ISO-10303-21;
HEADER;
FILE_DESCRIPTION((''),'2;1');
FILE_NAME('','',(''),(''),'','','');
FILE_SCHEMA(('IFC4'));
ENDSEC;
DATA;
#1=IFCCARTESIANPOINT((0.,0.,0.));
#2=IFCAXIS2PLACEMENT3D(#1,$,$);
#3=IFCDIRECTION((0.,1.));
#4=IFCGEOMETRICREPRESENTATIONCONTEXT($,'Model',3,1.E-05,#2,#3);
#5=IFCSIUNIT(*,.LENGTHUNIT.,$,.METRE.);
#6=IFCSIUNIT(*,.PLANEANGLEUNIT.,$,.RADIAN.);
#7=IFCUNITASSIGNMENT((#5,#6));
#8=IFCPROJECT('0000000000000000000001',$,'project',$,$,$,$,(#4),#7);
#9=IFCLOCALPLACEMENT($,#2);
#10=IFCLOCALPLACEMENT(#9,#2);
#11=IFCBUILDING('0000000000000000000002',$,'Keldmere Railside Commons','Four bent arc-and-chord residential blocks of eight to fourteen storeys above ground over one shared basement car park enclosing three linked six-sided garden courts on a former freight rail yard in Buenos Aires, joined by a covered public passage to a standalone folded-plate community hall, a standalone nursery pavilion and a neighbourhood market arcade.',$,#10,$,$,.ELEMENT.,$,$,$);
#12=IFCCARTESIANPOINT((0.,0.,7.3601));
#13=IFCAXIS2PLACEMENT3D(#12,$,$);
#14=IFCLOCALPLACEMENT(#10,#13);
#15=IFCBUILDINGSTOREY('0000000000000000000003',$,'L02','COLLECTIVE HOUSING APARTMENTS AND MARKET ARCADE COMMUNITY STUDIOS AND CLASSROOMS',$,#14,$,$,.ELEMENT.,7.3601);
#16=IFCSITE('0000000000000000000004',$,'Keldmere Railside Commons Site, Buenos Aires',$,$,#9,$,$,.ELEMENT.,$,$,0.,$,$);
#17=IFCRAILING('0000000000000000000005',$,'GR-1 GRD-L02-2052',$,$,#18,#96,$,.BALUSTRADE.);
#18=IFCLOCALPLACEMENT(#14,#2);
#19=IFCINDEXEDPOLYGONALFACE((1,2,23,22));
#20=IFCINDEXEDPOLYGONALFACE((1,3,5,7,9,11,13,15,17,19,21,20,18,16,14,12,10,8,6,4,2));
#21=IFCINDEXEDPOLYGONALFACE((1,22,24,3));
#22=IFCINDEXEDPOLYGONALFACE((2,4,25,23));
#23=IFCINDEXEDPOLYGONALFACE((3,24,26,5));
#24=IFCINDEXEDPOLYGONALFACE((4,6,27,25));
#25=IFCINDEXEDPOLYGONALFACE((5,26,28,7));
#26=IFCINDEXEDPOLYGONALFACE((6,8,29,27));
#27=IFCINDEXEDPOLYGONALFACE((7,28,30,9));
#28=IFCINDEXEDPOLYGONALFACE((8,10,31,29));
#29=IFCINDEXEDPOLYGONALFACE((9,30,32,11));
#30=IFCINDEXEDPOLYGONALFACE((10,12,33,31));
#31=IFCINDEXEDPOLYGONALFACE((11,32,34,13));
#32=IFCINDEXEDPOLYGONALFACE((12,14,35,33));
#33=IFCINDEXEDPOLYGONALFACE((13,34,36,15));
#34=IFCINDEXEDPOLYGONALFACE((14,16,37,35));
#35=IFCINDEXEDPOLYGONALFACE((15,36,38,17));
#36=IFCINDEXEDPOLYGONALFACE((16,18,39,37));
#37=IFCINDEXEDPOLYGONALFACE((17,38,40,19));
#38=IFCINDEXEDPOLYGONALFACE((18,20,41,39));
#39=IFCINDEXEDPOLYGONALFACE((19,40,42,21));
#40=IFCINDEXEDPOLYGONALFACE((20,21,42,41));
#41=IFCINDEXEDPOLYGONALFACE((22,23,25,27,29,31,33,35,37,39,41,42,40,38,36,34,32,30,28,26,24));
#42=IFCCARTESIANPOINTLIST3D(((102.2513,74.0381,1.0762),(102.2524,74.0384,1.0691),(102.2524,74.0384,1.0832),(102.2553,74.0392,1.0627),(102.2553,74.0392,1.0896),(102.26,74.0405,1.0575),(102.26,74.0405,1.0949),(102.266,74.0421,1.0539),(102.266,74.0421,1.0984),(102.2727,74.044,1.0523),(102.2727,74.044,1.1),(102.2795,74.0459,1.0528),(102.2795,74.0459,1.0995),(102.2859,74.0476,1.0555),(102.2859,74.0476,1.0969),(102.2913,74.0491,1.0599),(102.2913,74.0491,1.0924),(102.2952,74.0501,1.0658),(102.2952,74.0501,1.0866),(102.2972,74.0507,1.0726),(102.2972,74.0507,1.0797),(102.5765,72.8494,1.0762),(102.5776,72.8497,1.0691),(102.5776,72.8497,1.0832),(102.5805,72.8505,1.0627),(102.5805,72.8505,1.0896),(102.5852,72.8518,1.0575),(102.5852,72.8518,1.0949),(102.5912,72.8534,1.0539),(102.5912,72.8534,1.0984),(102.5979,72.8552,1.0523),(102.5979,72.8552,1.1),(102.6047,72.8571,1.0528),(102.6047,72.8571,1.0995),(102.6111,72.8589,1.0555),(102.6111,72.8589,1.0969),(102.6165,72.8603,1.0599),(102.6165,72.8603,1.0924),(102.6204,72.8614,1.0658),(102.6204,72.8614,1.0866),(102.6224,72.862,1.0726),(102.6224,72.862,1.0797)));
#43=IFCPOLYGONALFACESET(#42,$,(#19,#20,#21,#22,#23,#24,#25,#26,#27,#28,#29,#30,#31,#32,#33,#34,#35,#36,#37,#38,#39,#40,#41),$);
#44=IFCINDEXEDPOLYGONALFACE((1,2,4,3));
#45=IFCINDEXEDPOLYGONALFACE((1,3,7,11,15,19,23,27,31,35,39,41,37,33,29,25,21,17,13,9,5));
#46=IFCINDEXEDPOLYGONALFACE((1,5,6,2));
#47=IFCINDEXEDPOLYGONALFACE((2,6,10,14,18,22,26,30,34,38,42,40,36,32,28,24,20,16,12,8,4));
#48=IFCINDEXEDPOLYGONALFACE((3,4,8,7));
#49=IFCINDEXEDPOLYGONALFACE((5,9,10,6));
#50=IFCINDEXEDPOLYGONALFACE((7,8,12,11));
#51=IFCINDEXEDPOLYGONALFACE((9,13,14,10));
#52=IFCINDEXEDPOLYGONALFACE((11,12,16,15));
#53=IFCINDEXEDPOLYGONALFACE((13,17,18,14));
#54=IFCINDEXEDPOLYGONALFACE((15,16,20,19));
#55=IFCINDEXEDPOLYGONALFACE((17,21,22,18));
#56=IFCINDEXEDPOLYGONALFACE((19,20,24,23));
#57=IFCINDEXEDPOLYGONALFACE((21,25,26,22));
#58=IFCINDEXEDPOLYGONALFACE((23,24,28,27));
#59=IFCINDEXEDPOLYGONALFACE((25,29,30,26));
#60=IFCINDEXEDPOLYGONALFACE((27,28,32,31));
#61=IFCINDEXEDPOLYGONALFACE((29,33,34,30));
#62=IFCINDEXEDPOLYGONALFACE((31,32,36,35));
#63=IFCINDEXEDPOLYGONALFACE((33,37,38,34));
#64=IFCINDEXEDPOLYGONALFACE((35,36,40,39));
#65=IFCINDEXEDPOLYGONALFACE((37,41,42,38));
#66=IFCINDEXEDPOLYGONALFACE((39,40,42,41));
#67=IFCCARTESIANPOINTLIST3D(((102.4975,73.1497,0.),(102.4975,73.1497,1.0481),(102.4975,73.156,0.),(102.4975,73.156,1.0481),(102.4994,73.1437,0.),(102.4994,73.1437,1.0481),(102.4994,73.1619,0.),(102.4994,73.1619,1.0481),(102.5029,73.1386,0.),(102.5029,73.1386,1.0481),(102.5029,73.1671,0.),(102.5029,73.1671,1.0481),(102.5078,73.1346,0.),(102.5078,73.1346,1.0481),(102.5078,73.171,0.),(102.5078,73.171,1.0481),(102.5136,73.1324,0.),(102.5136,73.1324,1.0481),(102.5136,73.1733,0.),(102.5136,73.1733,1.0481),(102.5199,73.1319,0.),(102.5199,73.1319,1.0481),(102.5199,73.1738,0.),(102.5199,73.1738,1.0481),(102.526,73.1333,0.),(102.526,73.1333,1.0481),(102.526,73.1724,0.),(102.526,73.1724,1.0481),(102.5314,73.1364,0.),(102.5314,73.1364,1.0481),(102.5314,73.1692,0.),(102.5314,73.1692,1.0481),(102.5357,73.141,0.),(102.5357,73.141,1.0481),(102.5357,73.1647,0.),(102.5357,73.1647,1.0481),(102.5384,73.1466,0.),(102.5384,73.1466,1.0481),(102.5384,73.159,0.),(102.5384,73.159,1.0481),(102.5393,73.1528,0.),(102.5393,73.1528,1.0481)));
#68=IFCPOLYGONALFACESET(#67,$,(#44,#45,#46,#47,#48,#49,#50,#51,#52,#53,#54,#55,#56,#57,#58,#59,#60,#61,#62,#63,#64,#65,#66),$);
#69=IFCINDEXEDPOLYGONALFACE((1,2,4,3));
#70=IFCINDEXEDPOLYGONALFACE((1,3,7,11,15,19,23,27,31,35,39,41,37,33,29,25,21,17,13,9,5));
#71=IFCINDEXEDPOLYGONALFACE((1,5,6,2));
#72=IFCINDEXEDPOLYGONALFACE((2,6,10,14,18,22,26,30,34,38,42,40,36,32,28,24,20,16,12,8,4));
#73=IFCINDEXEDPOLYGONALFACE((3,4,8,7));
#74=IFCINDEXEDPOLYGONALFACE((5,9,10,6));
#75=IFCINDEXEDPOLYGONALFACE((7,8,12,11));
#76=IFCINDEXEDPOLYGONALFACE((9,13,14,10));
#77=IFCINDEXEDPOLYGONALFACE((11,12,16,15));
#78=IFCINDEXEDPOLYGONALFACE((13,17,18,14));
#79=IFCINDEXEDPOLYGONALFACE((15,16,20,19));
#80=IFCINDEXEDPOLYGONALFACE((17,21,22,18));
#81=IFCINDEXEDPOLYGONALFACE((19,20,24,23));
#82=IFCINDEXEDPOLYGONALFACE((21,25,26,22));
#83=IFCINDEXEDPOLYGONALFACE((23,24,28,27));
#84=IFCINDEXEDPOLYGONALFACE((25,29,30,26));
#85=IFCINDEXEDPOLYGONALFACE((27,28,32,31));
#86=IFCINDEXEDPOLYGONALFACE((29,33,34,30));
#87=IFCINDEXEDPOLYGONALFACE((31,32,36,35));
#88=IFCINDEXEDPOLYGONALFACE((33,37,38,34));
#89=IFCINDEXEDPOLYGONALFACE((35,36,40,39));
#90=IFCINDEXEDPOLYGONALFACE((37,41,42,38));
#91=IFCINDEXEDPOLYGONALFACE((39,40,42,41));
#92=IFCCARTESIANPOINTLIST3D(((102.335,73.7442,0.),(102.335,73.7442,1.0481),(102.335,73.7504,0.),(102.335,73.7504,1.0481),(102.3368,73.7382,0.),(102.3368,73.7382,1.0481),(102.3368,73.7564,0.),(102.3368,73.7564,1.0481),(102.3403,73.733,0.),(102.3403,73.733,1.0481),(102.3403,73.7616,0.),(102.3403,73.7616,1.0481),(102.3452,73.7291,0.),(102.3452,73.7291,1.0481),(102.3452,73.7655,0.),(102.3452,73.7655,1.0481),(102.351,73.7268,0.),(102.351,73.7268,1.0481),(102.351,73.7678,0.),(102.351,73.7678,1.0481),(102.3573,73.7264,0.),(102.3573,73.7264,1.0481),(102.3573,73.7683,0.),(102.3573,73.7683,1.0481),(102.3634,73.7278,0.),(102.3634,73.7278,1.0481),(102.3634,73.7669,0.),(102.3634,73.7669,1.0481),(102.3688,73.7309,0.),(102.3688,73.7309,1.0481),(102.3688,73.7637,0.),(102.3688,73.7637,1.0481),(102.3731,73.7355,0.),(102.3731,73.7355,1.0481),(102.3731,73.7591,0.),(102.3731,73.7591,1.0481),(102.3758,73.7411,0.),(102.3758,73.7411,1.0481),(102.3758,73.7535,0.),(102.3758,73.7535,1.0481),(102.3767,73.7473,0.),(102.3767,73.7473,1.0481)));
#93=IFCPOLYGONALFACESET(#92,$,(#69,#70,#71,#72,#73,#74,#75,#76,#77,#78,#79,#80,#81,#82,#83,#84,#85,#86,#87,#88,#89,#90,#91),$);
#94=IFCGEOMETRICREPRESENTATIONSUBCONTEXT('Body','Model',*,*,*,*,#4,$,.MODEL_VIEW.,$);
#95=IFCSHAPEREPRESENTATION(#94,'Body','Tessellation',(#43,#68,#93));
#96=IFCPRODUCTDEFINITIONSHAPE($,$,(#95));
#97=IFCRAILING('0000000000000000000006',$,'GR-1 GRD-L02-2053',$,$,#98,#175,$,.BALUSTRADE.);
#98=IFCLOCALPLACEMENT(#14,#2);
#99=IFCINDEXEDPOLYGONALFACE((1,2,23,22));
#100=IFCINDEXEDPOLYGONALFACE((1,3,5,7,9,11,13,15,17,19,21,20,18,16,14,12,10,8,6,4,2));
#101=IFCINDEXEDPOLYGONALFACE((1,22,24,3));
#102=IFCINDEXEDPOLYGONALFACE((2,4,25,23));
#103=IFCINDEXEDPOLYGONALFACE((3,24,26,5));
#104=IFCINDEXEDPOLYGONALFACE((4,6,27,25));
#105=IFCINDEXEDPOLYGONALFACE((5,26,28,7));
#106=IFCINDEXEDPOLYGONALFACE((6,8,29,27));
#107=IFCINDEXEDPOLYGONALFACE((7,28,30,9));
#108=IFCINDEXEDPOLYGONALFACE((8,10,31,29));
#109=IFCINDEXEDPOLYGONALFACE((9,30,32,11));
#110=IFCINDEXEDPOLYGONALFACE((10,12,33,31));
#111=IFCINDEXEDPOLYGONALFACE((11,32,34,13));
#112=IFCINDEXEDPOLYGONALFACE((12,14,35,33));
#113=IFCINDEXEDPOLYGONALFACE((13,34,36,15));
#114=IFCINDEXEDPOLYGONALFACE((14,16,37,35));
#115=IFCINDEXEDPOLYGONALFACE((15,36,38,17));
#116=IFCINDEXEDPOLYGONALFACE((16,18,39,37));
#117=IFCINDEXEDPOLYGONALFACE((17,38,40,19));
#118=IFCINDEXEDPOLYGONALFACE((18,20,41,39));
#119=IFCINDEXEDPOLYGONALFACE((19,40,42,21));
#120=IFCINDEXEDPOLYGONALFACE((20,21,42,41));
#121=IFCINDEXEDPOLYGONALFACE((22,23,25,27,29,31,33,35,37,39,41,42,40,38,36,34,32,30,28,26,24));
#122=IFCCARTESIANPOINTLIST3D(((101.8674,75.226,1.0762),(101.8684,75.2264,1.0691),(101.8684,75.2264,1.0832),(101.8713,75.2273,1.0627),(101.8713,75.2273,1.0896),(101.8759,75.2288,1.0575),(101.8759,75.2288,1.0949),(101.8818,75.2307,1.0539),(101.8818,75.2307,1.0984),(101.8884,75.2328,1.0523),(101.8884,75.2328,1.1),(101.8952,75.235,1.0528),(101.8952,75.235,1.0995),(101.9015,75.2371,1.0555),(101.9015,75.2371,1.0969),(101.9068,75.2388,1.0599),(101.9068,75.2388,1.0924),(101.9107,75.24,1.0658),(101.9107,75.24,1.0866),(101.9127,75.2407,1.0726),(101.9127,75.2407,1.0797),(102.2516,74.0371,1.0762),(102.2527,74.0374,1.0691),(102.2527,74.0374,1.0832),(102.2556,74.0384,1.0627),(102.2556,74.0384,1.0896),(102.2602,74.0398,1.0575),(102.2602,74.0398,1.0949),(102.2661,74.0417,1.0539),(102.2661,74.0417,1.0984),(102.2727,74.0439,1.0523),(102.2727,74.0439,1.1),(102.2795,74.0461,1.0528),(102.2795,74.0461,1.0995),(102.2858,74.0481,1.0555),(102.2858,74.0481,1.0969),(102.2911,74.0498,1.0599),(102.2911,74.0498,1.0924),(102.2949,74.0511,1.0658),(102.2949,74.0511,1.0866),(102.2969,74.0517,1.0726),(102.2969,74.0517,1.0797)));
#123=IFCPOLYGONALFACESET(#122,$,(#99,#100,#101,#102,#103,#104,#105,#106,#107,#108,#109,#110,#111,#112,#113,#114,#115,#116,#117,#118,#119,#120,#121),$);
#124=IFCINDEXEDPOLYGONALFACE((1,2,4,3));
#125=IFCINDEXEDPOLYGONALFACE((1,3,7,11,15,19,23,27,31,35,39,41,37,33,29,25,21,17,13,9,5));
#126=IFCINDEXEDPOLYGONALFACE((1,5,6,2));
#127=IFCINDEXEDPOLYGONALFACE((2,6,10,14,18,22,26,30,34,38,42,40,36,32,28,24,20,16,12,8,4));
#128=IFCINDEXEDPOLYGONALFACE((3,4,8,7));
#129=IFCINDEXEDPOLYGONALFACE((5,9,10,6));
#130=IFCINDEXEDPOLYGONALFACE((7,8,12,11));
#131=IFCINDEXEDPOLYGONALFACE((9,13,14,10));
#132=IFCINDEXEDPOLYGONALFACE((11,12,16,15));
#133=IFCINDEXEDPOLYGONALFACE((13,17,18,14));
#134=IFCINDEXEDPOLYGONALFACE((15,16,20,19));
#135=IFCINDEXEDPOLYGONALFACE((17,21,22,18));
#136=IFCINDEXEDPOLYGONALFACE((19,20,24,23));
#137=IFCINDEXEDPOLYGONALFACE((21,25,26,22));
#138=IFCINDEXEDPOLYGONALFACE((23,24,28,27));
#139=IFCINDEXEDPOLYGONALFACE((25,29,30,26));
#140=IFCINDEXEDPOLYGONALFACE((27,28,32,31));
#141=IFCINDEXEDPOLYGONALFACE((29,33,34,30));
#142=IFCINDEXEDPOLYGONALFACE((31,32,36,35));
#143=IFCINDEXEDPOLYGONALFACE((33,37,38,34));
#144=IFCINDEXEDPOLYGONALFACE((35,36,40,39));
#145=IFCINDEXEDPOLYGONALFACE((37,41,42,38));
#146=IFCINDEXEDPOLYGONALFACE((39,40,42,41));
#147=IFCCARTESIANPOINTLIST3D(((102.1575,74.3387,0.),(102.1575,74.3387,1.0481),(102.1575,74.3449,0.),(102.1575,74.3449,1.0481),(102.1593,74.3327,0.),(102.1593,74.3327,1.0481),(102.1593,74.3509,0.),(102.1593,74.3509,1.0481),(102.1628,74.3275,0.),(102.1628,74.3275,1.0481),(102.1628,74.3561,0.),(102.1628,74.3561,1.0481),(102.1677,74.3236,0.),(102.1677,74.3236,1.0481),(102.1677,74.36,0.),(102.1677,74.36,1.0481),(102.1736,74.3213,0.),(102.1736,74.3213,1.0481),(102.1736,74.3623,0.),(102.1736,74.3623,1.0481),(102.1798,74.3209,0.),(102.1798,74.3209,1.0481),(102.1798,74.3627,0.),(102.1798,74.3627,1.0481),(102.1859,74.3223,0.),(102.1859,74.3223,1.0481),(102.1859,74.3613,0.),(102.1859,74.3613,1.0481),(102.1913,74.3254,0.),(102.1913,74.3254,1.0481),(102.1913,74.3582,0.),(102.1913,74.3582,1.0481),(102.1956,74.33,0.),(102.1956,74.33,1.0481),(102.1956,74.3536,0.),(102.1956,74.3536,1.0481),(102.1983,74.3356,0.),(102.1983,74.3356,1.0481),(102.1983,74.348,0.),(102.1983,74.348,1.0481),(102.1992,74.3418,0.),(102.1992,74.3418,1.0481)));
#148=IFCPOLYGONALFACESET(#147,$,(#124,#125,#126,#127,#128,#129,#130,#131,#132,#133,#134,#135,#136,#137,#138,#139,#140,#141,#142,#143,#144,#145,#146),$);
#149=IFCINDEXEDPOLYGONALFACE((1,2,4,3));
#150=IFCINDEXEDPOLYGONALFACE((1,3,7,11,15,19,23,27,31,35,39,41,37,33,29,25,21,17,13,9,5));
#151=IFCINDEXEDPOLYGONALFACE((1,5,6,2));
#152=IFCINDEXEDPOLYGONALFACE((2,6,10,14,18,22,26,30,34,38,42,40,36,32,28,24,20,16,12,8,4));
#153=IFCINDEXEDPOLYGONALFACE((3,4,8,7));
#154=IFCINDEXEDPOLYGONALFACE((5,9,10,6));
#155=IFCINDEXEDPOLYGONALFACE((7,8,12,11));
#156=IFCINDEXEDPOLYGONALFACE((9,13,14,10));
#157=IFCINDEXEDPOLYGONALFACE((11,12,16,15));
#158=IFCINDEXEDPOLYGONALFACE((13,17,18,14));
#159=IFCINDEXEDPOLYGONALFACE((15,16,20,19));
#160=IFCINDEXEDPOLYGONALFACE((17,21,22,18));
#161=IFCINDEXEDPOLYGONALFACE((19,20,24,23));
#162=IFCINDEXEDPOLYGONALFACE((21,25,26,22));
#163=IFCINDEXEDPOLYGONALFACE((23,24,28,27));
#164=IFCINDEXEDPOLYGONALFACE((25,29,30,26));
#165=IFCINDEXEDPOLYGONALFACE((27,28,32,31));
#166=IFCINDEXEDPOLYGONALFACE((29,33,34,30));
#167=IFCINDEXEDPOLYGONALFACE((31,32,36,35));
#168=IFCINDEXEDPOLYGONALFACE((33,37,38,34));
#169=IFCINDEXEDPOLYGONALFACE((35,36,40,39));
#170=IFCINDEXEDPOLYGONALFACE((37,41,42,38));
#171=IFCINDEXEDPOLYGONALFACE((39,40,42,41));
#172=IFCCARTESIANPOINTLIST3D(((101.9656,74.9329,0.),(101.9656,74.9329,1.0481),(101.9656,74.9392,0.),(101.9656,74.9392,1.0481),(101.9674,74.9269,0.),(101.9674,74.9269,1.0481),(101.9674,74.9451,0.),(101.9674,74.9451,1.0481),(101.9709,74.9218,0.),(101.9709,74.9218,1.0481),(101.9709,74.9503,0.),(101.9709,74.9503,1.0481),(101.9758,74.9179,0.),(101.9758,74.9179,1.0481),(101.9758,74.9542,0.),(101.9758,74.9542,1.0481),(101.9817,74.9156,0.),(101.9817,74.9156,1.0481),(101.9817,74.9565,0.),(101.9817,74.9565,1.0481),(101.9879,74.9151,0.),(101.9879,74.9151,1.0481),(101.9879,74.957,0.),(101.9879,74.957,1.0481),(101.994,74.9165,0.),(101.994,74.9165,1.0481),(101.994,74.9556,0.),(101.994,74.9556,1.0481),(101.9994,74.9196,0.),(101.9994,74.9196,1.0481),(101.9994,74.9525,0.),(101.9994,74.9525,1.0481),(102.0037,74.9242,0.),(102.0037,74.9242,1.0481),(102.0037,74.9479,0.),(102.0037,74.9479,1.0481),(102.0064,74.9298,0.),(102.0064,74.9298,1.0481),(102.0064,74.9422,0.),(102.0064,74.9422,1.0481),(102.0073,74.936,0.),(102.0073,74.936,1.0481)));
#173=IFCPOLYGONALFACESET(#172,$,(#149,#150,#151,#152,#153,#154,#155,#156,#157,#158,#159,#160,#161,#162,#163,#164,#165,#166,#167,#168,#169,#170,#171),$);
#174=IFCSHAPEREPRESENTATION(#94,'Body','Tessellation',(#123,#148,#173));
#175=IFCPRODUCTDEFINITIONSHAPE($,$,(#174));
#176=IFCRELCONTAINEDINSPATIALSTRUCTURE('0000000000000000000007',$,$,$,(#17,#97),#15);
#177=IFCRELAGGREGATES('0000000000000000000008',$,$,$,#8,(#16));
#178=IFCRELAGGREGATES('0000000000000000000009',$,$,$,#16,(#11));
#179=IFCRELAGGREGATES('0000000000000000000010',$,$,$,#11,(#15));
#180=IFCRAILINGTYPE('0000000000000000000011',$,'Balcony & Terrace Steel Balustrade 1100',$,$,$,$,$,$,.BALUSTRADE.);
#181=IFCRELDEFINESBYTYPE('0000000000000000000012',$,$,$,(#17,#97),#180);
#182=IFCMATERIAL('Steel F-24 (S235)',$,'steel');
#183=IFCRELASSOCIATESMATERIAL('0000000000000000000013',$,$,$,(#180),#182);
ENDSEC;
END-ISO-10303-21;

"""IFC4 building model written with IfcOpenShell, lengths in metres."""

from ifc_helpers import new_model, si_unit, direction, frame, origin, origin_2d, place, context, subcontext, project, spatial, circle, extrude, material, type_object, element, save


model = new_model("IFC4")

# Units and contexts
model_context = context("Model", 3, precision=1e-05, world=origin(), true_north=direction((0.0, 1.0)))
body_context = subcontext(model_context, "Body", "Model", "MODEL_VIEW")
ifc_project = project(units=[si_unit("LENGTHUNIT", "METRE"), si_unit("PLANEANGLEUNIT", "RADIAN")], contexts=[model_context])

# Site, building, storey
site_placement = place(None, origin())
site = spatial("IfcSite", under=ifc_project, at=site_placement, Name="Keldmere Railside Commons Site, Buenos Aires", CompositionType="ELEMENT", RefElevation=0.0)
building_placement = place(site_placement, origin())
building = spatial("IfcBuilding", under=site, at=building_placement, Name="Keldmere Railside Commons", Description="Four bent arc-and-chord residential blocks of eight to fourteen storeys above ground over one shared basement car park enclosing three linked six-sided garden courts on a former freight rail yard in Buenos Aires, joined by a covered public passage to a standalone folded-plate community hall, a standalone nursery pavilion and a neighbourhood market arcade.", CompositionType="ELEMENT")
storey_placement = place(building_placement, frame((0.0, 0.0, 7.3601)))
storey = spatial("IfcBuildingStorey", under=building, at=storey_placement, Name="L02", Description="COLLECTIVE HOUSING APARTMENTS AND MARKET ARCADE COMMUNITY STUDIOS AND CLASSROOMS", CompositionType="ELEMENT", Elevation=7.3601)

# Shared definitions
ifc_material_1 = material(Name="Steel F-24 (S235)", Category="steel")

# Railings
railing_type_1 = type_object("IfcRailingType", Name="Balcony & Terrace Steel Balustrade 1100", PredefinedType="BALUSTRADE", material=ifc_material_1)
railing_1_placement = place(storey_placement, frame((102.5996, 72.8557, 0.0)))
element("IfcRailing", 1, at=railing_1_placement, inside=storey, type_object=railing_type_1, Name="GR-1 GRD-L02-2052", PredefinedType="BALUSTRADE", context=body_context, shape_type="SweptSolid", body=[
    extrude(circle(Radius=0.0239, at=origin_2d()), frame((0.0, 0.0, 1.0762), z_axis=(-0.263872, 0.964558, 0.0), x_axis=(-0.964558, -0.263872, 0.0)), (0.0, 0.0, 1.0), 1.2324),
    extrude(circle(Radius=0.021, at=origin_2d()), frame((-0.0813, 0.2971, 0.0)), (0.0, 0.0, 1.0), 1.0481),
    extrude(circle(Radius=0.021, at=origin_2d()), frame((-0.2439, 0.8916, 0.0)), (0.0, 0.0, 1.0), 1.0481),
])
railing_2_placement = place(storey_placement, frame((102.2744, 74.0444, 0.0)))
element("IfcRailing", 2, at=railing_2_placement, inside=storey, type_object=railing_type_1, Name="GR-1 GRD-L02-2053", PredefinedType="BALUSTRADE", context=body_context, shape_type="SweptSolid", body=[
    extrude(circle(Radius=0.0239, at=origin_2d()), frame((0.0, 0.0, 1.0762), z_axis=(-0.307539, 0.951535, 0.0), x_axis=(-0.951535, -0.307539, 0.0)), (0.0, 0.0, 1.0), 1.2495),
    extrude(circle(Radius=0.021, at=origin_2d()), frame((-0.0962, 0.2974, 0.0)), (0.0, 0.0, 1.0), 1.0481),
    extrude(circle(Radius=0.021, at=origin_2d()), frame((-0.2881, 0.8916, 0.0)), (0.0, 0.0, 1.0), 1.0481),
])

save(model, "model.ifc")
